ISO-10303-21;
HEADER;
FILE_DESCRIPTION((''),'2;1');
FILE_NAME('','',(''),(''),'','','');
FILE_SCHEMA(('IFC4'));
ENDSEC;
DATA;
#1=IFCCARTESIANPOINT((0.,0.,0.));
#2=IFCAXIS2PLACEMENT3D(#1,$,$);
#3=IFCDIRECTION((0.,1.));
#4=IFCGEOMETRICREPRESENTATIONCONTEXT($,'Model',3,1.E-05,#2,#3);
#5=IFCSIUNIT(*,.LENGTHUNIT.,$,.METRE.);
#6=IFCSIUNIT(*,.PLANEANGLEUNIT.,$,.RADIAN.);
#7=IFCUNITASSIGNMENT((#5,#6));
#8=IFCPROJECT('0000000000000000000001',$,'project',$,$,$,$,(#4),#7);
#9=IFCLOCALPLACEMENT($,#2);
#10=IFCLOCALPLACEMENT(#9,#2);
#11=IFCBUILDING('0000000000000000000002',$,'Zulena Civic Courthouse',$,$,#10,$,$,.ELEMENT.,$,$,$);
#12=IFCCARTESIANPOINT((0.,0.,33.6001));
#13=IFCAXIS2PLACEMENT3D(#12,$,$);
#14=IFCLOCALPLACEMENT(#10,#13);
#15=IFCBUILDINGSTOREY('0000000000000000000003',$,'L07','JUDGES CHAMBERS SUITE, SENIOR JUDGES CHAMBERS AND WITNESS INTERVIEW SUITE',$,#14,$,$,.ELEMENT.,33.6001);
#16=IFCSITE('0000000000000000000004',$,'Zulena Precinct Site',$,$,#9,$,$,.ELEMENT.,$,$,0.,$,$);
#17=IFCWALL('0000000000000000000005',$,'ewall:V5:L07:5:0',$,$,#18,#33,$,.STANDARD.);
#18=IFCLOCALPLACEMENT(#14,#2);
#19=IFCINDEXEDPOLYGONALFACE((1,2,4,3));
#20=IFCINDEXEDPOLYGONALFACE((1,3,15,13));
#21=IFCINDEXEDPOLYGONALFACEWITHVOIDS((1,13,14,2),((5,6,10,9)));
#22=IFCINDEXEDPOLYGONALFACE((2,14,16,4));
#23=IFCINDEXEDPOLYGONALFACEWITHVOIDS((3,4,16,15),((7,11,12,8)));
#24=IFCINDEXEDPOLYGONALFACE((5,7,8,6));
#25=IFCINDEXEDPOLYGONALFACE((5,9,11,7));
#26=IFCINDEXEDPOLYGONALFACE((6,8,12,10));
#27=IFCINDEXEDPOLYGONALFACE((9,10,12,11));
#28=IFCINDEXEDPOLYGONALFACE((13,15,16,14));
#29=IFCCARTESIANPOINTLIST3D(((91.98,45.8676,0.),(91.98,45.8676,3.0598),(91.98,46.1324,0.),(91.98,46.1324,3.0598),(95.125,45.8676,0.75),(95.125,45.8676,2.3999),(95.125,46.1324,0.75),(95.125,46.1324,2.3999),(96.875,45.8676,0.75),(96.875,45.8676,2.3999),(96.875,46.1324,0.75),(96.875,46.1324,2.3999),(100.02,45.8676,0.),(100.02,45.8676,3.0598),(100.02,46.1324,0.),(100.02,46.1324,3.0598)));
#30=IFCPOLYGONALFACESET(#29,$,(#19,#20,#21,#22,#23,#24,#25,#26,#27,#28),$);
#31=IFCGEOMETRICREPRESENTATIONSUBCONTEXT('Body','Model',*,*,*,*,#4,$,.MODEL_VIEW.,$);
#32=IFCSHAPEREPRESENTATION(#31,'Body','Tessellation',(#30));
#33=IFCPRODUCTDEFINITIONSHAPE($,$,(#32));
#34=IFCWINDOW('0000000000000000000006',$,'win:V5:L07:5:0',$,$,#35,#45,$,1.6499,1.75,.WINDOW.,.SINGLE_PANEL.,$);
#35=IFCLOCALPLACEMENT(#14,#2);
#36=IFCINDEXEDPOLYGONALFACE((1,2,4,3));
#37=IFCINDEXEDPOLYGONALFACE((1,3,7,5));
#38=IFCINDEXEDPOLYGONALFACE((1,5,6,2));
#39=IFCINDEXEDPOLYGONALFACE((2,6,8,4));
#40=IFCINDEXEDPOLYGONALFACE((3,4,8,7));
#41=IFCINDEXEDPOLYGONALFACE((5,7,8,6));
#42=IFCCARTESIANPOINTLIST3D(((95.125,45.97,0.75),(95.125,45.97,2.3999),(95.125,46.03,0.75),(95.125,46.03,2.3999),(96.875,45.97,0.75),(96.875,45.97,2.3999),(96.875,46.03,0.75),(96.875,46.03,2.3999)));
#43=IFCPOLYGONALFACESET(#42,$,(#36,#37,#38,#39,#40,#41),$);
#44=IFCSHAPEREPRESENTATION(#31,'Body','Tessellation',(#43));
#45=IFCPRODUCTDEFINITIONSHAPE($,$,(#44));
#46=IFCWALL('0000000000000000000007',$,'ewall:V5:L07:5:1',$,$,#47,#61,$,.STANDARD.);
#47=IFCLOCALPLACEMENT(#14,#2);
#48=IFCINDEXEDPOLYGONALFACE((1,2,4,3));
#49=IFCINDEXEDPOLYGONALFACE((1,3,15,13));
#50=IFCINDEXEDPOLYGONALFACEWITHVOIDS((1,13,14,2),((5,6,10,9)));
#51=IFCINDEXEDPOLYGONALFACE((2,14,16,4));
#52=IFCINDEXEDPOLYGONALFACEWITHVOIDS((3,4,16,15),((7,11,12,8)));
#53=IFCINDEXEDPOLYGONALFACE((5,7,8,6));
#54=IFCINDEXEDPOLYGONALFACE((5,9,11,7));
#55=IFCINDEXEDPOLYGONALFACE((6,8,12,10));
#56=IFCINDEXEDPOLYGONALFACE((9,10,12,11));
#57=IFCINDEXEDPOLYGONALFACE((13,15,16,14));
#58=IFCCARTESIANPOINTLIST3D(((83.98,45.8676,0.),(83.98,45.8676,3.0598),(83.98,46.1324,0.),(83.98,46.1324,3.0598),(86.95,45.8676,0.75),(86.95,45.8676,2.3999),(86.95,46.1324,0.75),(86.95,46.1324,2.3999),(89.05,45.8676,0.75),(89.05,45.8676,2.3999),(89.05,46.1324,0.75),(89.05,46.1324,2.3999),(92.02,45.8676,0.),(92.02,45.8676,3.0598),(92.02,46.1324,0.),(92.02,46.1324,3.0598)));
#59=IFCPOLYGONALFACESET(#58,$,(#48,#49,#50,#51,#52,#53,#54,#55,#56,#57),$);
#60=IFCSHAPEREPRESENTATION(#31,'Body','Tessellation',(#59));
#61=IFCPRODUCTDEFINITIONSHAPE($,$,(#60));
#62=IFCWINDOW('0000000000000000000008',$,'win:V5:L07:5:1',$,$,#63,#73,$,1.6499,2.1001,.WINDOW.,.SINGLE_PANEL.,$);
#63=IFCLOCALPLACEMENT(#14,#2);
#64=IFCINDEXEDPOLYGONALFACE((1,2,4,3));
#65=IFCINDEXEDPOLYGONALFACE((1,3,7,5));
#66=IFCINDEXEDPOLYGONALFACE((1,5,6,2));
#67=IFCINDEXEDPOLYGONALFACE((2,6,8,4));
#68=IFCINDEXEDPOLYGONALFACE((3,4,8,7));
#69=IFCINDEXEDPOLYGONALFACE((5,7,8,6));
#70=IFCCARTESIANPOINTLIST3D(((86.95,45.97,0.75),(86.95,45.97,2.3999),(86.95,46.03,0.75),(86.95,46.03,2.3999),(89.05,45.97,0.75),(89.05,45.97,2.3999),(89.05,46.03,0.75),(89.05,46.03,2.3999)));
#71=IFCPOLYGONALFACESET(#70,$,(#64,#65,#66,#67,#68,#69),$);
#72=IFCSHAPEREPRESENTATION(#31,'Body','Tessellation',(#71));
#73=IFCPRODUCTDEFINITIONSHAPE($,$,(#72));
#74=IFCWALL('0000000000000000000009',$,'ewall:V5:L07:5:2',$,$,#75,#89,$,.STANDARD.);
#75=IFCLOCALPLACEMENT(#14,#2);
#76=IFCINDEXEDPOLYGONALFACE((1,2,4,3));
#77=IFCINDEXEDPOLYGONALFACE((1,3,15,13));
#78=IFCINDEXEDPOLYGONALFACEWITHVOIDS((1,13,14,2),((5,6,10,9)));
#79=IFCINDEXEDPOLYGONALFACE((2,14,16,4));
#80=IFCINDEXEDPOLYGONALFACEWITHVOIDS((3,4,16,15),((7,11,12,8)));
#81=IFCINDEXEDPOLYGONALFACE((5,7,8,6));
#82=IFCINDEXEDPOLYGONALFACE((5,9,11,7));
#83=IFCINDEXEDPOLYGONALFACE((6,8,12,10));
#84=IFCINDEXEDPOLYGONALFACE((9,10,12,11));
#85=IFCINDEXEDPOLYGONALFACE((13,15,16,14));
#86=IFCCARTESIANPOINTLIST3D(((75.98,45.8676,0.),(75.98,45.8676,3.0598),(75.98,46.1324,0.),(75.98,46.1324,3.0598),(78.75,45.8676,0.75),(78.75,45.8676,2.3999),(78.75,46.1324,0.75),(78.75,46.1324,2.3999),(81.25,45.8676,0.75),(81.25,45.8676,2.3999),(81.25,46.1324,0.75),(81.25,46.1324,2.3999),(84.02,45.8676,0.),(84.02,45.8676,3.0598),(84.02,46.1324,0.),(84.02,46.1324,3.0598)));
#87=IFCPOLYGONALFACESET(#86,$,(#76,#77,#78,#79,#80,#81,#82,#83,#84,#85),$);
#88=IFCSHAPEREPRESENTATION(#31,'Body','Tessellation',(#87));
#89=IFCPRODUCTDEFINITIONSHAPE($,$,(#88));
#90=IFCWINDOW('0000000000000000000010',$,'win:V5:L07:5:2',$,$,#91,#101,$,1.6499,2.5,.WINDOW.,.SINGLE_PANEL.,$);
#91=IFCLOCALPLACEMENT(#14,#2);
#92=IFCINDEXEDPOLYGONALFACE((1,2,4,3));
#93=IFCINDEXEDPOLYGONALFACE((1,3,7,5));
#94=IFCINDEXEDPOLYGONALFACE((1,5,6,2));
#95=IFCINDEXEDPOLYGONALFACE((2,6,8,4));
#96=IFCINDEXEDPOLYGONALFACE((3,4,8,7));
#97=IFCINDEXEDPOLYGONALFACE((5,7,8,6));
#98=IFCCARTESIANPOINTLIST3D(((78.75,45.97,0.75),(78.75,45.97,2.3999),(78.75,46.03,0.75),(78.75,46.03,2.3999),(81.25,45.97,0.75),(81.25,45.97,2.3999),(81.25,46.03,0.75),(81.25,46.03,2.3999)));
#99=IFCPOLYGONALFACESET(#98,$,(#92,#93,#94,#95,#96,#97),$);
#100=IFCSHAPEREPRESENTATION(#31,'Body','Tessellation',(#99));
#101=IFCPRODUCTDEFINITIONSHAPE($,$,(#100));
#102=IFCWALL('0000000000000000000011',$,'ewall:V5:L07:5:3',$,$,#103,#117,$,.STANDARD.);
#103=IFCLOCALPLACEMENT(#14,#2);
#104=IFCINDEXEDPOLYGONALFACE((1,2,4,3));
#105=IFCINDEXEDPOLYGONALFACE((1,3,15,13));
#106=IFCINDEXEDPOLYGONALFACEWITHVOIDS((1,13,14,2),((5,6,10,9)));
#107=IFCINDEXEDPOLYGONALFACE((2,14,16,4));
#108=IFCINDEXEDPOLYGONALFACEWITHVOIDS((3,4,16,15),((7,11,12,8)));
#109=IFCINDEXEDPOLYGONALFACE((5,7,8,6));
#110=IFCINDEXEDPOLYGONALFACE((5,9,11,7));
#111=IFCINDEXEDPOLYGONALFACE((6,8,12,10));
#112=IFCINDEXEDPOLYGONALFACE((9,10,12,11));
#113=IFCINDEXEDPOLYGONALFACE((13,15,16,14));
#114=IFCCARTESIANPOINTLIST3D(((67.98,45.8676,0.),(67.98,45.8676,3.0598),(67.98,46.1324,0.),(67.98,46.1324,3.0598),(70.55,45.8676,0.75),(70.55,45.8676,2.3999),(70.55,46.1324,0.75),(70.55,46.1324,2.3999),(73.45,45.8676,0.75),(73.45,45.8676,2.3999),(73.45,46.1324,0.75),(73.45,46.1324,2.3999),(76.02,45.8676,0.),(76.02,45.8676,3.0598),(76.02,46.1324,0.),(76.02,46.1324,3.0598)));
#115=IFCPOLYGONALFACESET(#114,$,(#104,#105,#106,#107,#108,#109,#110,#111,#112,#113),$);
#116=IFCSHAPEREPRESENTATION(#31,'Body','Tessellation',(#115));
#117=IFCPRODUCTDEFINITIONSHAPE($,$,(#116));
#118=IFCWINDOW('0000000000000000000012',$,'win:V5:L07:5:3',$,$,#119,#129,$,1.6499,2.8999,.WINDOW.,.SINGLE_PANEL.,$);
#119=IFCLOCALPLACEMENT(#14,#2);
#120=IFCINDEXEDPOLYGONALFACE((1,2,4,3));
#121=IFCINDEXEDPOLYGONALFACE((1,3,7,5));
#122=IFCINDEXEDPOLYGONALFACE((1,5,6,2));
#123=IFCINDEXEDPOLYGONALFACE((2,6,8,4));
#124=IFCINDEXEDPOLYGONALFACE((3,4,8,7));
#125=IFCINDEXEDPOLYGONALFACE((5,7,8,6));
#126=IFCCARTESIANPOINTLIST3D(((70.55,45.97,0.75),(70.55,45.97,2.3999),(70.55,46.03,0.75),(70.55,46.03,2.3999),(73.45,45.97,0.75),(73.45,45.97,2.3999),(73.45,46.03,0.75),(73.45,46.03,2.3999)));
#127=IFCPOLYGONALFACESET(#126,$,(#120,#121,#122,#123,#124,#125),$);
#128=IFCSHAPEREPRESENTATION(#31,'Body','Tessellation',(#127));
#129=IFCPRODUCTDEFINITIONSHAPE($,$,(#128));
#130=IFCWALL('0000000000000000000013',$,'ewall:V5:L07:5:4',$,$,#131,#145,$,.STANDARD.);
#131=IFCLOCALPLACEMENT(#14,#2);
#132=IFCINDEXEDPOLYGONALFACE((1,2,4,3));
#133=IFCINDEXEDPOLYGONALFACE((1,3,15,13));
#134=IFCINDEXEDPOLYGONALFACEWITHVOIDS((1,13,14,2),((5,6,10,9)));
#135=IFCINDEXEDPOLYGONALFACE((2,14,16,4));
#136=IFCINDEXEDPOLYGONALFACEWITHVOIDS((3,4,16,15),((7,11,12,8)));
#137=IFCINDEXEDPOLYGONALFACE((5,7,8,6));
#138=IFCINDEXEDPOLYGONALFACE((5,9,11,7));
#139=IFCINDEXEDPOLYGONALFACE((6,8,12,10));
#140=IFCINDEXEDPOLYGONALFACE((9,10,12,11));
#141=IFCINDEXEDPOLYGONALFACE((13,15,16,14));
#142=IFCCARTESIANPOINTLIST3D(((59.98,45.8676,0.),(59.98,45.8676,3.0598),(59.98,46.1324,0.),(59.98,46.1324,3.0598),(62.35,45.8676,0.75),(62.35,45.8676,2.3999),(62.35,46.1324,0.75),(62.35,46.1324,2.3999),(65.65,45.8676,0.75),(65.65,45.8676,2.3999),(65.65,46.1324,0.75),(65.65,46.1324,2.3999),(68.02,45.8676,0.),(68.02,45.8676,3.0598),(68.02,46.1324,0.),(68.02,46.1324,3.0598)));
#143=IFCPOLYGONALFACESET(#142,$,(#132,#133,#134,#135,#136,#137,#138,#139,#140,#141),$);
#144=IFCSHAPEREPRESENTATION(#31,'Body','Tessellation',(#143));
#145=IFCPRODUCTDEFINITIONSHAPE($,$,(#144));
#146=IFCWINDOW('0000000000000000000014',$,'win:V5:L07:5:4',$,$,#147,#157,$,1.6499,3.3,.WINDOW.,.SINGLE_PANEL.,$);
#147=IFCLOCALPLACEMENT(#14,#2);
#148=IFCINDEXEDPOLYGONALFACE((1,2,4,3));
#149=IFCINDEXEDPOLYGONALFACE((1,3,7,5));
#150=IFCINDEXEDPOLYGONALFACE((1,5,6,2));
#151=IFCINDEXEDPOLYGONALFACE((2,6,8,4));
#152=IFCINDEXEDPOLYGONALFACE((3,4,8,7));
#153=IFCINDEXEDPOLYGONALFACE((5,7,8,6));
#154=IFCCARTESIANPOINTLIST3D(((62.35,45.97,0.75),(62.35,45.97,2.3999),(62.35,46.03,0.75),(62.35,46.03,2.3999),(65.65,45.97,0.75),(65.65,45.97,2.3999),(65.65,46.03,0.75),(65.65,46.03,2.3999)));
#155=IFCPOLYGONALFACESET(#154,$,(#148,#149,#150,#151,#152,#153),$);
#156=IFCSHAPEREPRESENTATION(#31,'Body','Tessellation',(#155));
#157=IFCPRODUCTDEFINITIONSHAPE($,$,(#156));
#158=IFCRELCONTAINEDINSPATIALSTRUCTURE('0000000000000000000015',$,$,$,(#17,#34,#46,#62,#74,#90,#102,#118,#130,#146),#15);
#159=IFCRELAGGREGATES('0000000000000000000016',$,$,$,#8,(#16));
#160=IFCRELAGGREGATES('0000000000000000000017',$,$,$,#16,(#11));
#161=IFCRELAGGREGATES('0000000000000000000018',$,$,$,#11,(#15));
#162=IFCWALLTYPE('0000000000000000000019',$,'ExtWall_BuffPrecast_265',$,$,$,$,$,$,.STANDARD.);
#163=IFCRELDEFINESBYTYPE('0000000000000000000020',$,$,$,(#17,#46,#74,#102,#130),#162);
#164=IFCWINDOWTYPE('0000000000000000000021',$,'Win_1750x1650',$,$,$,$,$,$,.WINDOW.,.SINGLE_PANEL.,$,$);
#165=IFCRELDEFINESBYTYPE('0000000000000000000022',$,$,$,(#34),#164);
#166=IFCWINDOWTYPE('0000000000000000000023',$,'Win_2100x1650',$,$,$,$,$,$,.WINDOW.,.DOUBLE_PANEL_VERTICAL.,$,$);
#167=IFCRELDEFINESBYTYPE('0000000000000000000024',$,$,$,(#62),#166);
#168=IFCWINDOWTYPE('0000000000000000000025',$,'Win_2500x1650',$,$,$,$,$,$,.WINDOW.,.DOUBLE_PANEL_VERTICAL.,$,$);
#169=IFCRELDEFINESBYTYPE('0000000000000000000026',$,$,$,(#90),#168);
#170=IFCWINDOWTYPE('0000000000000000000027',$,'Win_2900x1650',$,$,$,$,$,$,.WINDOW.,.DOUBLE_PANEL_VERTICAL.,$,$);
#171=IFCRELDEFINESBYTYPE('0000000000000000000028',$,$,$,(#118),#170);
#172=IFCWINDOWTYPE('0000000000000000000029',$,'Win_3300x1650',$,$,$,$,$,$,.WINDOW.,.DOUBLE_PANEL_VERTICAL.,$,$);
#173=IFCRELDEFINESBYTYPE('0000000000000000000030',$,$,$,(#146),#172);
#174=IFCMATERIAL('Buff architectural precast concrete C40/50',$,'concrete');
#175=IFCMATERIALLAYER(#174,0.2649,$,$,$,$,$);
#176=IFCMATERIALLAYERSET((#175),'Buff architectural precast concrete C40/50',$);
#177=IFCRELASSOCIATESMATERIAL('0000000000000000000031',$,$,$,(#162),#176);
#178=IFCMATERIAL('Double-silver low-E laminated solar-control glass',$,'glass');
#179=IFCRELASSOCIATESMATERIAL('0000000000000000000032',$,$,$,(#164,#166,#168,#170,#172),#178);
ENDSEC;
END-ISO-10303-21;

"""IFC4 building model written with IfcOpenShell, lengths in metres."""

from ifc_helpers import new_model, si_unit, direction, frame, frame_2d, origin, place, context, subcontext, project, spatial, rectangle, extrude, material, layer, layer_set, type_object, element, fill, save


model = new_model("IFC4")

# Units and contexts
model_context = context("Model", 3, precision=1e-05, world=origin(), true_north=direction((0.0, 1.0)))
body_context = subcontext(model_context, "Body", "Model", "MODEL_VIEW")
ifc_project = project(units=[si_unit("LENGTHUNIT", "METRE"), si_unit("PLANEANGLEUNIT", "RADIAN")], contexts=[model_context])

# Site, building, storey
site_placement = place(None, origin())
site = spatial("IfcSite", under=ifc_project, at=site_placement, Name="Zulena Precinct Site", CompositionType="ELEMENT", RefElevation=0.0)
building_placement = place(site_placement, origin())
building = spatial("IfcBuilding", under=site, at=building_placement, Name="Zulena Civic Courthouse", CompositionType="ELEMENT")
storey_placement = place(building_placement, frame((0.0, 0.0, 33.6001)))
storey = spatial("IfcBuildingStorey", under=building, at=storey_placement, Name="L07", Description="JUDGES CHAMBERS SUITE, SENIOR JUDGES CHAMBERS AND WITNESS INTERVIEW SUITE", CompositionType="ELEMENT", Elevation=33.6001)

# Shared definitions
ifc_material_1 = material(Name="Double-silver low-E laminated solar-control glass", Category="glass")

# Walls, openings, windows
ifc_material_2 = material(Name="Buff architectural precast concrete C40/50", Category="concrete")
ifc_layer_1 = layer(ifc_material_2, 0.2649)
ifc_layer_set_1 = layer_set([ifc_layer_1], Name="Buff architectural precast concrete C40/50")
wall_type_1 = type_object("IfcWallType", Name="ExtWall_BuffPrecast_265", PredefinedType="STANDARD", material=ifc_layer_set_1)
wall_1_placement = place(storey_placement, frame((100.02, 46.0, 0.0), z_axis=(0.0, 0.0, 1.0), x_axis=(-1.0, 0.0, 0.0)))
wall_1 = element("IfcWall", 1, at=wall_1_placement, inside=storey, type_object=wall_type_1, Name="ewall:V5:L07:5:0", PredefinedType="STANDARD", context=body_context, shape_type="SweptSolid", body=[
    extrude(rectangle(XDim=8.04, YDim=0.2649, at=frame_2d((4.02, 0.0))), origin(), (0.0, 0.0, 1.0), 3.0598),
])
opening_1_placement = place(wall_1_placement, frame((3.145, 0.0, 0.75)))
opening_1 = element("IfcOpeningElement", 2, at=opening_1_placement, cuts=wall_1, PredefinedType="OPENING", context=body_context, shape_type="SweptSolid", body=[
    extrude(rectangle(XDim=1.75, YDim=1.6499, at=frame_2d((0.875, 0.825))), frame((0.0, 0.1423, 0.0), z_axis=(0.0, -1.0, 0.0), x_axis=(1.0, 0.0, 0.0)), (0.0, 0.0, 1.0), 0.2849),
])
window_type_1 = type_object("IfcWindowType", Name="Win_1750x1650", PartitioningType="SINGLE_PANEL", PredefinedType="WINDOW", material=ifc_material_1)
window_1_placement = place(opening_1_placement, origin())
window_1 = element("IfcWindow", 3, at=window_1_placement, inside=storey, type_object=window_type_1, Name="win:V5:L07:5:0", OverallHeight=1.6499, OverallWidth=1.75, PartitioningType="SINGLE_PANEL", PredefinedType="WINDOW", context=body_context, shape_type="SweptSolid", body=[
    extrude(rectangle(XDim=1.75, YDim=1.6499, at=frame_2d((0.875, 0.825))), frame((0.0, 0.03, 0.0), z_axis=(0.0, -1.0, 0.0), x_axis=(1.0, 0.0, 0.0)), (0.0, 0.0, 1.0), 0.0601),
])
fill(opening_1, window_1)
wall_2_placement = place(storey_placement, frame((92.02, 46.0, 0.0), z_axis=(0.0, 0.0, 1.0), x_axis=(-1.0, 0.0, 0.0)))
wall_2 = element("IfcWall", 4, at=wall_2_placement, inside=storey, type_object=wall_type_1, Name="ewall:V5:L07:5:1", PredefinedType="STANDARD", context=body_context, shape_type="SweptSolid", body=[
    extrude(rectangle(XDim=8.04, YDim=0.2649, at=frame_2d((4.02, 0.0))), origin(), (0.0, 0.0, 1.0), 3.0598),
])
opening_2_placement = place(wall_2_placement, frame((2.97, 0.0, 0.75)))
opening_2 = element("IfcOpeningElement", 5, at=opening_2_placement, cuts=wall_2, PredefinedType="OPENING", context=body_context, shape_type="SweptSolid", body=[
    extrude(rectangle(XDim=2.1001, YDim=1.6499, at=frame_2d((1.05, 0.825))), frame((0.0, 0.1423, 0.0), z_axis=(0.0, -1.0, 0.0), x_axis=(1.0, 0.0, 0.0)), (0.0, 0.0, 1.0), 0.2849),
])
window_type_2 = type_object("IfcWindowType", Name="Win_2100x1650", PartitioningType="DOUBLE_PANEL_VERTICAL", PredefinedType="WINDOW", material=ifc_material_1)
window_2_placement = place(opening_2_placement, origin())
window_2 = element("IfcWindow", 6, at=window_2_placement, inside=storey, type_object=window_type_2, Name="win:V5:L07:5:1", OverallHeight=1.6499, OverallWidth=2.1001, PartitioningType="SINGLE_PANEL", PredefinedType="WINDOW", context=body_context, shape_type="SweptSolid", body=[
    extrude(rectangle(XDim=2.1001, YDim=1.6499, at=frame_2d((1.05, 0.825))), frame((0.0, 0.03, 0.0), z_axis=(0.0, -1.0, 0.0), x_axis=(1.0, 0.0, 0.0)), (0.0, 0.0, 1.0), 0.0601),
])
fill(opening_2, window_2)
wall_3_placement = place(storey_placement, frame((84.02, 46.0, 0.0), z_axis=(0.0, 0.0, 1.0), x_axis=(-1.0, 0.0, 0.0)))
wall_3 = element("IfcWall", 7, at=wall_3_placement, inside=storey, type_object=wall_type_1, Name="ewall:V5:L07:5:2", PredefinedType="STANDARD", context=body_context, shape_type="SweptSolid", body=[
    extrude(rectangle(XDim=8.04, YDim=0.2649, at=frame_2d((4.02, 0.0))), origin(), (0.0, 0.0, 1.0), 3.0598),
])
opening_3_placement = place(wall_3_placement, frame((2.77, 0.0, 0.75)))
opening_3 = element("IfcOpeningElement", 8, at=opening_3_placement, cuts=wall_3, PredefinedType="OPENING", context=body_context, shape_type="SweptSolid", body=[
    extrude(rectangle(XDim=2.5, YDim=1.6499, at=frame_2d((1.25, 0.825))), frame((0.0, 0.1423, 0.0), z_axis=(0.0, -1.0, 0.0), x_axis=(1.0, 0.0, 0.0)), (0.0, 0.0, 1.0), 0.2849),
])
window_type_3 = type_object("IfcWindowType", Name="Win_2500x1650", PartitioningType="DOUBLE_PANEL_VERTICAL", PredefinedType="WINDOW", material=ifc_material_1)
window_3_placement = place(opening_3_placement, origin())
window_3 = element("IfcWindow", 9, at=window_3_placement, inside=storey, type_object=window_type_3, Name="win:V5:L07:5:2", OverallHeight=1.6499, OverallWidth=2.5, PartitioningType="SINGLE_PANEL", PredefinedType="WINDOW", context=body_context, shape_type="SweptSolid", body=[
    extrude(rectangle(XDim=2.5, YDim=1.6499, at=frame_2d((1.25, 0.825))), frame((0.0, 0.03, 0.0), z_axis=(0.0, -1.0, 0.0), x_axis=(1.0, 0.0, 0.0)), (0.0, 0.0, 1.0), 0.0601),
])
fill(opening_3, window_3)
wall_4_placement = place(storey_placement, frame((76.02, 46.0, 0.0), z_axis=(0.0, 0.0, 1.0), x_axis=(-1.0, 0.0, 0.0)))
wall_4 = element("IfcWall", 10, at=wall_4_placement, inside=storey, type_object=wall_type_1, Name="ewall:V5:L07:5:3", PredefinedType="STANDARD", context=body_context, shape_type="SweptSolid", body=[
    extrude(rectangle(XDim=8.04, YDim=0.2649, at=frame_2d((4.02, 0.0))), origin(), (0.0, 0.0, 1.0), 3.0598),
])
opening_4_placement = place(wall_4_placement, frame((2.5701, 0.0, 0.75)))
opening_4 = element("IfcOpeningElement", 11, at=opening_4_placement, cuts=wall_4, PredefinedType="OPENING", context=body_context, shape_type="SweptSolid", body=[
    extrude(rectangle(XDim=2.8999, YDim=1.6499, at=frame_2d((1.45, 0.825))), frame((0.0, 0.1423, 0.0), z_axis=(0.0, -1.0, 0.0), x_axis=(1.0, 0.0, 0.0)), (0.0, 0.0, 1.0), 0.2849),
])
window_type_4 = type_object("IfcWindowType", Name="Win_2900x1650", PartitioningType="DOUBLE_PANEL_VERTICAL", PredefinedType="WINDOW", material=ifc_material_1)
window_4_placement = place(opening_4_placement, origin())
window_4 = element("IfcWindow", 12, at=window_4_placement, inside=storey, type_object=window_type_4, Name="win:V5:L07:5:3", OverallHeight=1.6499, OverallWidth=2.8999, PartitioningType="SINGLE_PANEL", PredefinedType="WINDOW", context=body_context, shape_type="SweptSolid", body=[
    extrude(rectangle(XDim=2.8999, YDim=1.6499, at=frame_2d((1.45, 0.825))), frame((0.0, 0.03, 0.0), z_axis=(0.0, -1.0, 0.0), x_axis=(1.0, 0.0, 0.0)), (0.0, 0.0, 1.0), 0.0601),
])
fill(opening_4, window_4)
wall_5_placement = place(storey_placement, frame((68.02, 46.0, 0.0), z_axis=(0.0, 0.0, 1.0), x_axis=(-1.0, 0.0, 0.0)))
wall_5 = element("IfcWall", 13, at=wall_5_placement, inside=storey, type_object=wall_type_1, Name="ewall:V5:L07:5:4", PredefinedType="STANDARD", context=body_context, shape_type="SweptSolid", body=[
    extrude(rectangle(XDim=8.04, YDim=0.2649, at=frame_2d((4.02, 0.0))), origin(), (0.0, 0.0, 1.0), 3.0598),
])
opening_5_placement = place(wall_5_placement, frame((2.3701, 0.0, 0.75)))
opening_5 = element("IfcOpeningElement", 14, at=opening_5_placement, cuts=wall_5, PredefinedType="OPENING", context=body_context, shape_type="SweptSolid", body=[
    extrude(rectangle(XDim=3.3, YDim=1.6499, at=frame_2d((1.6499, 0.825))), frame((0.0, 0.1423, 0.0), z_axis=(0.0, -1.0, 0.0), x_axis=(1.0, 0.0, 0.0)), (0.0, 0.0, 1.0), 0.2849),
])
window_type_5 = type_object("IfcWindowType", Name="Win_3300x1650", PartitioningType="DOUBLE_PANEL_VERTICAL", PredefinedType="WINDOW", material=ifc_material_1)
window_5_placement = place(opening_5_placement, origin())
window_5 = element("IfcWindow", 15, at=window_5_placement, inside=storey, type_object=window_type_5, Name="win:V5:L07:5:4", OverallHeight=1.6499, OverallWidth=3.3, PartitioningType="SINGLE_PANEL", PredefinedType="WINDOW", context=body_context, shape_type="SweptSolid", body=[
    extrude(rectangle(XDim=3.3, YDim=1.6499, at=frame_2d((1.6499, 0.825))), frame((0.0, 0.03, 0.0), z_axis=(0.0, -1.0, 0.0), x_axis=(1.0, 0.0, 0.0)), (0.0, 0.0, 1.0), 0.0601),
])
fill(opening_5, window_5)

save(model, "model.ifc")
